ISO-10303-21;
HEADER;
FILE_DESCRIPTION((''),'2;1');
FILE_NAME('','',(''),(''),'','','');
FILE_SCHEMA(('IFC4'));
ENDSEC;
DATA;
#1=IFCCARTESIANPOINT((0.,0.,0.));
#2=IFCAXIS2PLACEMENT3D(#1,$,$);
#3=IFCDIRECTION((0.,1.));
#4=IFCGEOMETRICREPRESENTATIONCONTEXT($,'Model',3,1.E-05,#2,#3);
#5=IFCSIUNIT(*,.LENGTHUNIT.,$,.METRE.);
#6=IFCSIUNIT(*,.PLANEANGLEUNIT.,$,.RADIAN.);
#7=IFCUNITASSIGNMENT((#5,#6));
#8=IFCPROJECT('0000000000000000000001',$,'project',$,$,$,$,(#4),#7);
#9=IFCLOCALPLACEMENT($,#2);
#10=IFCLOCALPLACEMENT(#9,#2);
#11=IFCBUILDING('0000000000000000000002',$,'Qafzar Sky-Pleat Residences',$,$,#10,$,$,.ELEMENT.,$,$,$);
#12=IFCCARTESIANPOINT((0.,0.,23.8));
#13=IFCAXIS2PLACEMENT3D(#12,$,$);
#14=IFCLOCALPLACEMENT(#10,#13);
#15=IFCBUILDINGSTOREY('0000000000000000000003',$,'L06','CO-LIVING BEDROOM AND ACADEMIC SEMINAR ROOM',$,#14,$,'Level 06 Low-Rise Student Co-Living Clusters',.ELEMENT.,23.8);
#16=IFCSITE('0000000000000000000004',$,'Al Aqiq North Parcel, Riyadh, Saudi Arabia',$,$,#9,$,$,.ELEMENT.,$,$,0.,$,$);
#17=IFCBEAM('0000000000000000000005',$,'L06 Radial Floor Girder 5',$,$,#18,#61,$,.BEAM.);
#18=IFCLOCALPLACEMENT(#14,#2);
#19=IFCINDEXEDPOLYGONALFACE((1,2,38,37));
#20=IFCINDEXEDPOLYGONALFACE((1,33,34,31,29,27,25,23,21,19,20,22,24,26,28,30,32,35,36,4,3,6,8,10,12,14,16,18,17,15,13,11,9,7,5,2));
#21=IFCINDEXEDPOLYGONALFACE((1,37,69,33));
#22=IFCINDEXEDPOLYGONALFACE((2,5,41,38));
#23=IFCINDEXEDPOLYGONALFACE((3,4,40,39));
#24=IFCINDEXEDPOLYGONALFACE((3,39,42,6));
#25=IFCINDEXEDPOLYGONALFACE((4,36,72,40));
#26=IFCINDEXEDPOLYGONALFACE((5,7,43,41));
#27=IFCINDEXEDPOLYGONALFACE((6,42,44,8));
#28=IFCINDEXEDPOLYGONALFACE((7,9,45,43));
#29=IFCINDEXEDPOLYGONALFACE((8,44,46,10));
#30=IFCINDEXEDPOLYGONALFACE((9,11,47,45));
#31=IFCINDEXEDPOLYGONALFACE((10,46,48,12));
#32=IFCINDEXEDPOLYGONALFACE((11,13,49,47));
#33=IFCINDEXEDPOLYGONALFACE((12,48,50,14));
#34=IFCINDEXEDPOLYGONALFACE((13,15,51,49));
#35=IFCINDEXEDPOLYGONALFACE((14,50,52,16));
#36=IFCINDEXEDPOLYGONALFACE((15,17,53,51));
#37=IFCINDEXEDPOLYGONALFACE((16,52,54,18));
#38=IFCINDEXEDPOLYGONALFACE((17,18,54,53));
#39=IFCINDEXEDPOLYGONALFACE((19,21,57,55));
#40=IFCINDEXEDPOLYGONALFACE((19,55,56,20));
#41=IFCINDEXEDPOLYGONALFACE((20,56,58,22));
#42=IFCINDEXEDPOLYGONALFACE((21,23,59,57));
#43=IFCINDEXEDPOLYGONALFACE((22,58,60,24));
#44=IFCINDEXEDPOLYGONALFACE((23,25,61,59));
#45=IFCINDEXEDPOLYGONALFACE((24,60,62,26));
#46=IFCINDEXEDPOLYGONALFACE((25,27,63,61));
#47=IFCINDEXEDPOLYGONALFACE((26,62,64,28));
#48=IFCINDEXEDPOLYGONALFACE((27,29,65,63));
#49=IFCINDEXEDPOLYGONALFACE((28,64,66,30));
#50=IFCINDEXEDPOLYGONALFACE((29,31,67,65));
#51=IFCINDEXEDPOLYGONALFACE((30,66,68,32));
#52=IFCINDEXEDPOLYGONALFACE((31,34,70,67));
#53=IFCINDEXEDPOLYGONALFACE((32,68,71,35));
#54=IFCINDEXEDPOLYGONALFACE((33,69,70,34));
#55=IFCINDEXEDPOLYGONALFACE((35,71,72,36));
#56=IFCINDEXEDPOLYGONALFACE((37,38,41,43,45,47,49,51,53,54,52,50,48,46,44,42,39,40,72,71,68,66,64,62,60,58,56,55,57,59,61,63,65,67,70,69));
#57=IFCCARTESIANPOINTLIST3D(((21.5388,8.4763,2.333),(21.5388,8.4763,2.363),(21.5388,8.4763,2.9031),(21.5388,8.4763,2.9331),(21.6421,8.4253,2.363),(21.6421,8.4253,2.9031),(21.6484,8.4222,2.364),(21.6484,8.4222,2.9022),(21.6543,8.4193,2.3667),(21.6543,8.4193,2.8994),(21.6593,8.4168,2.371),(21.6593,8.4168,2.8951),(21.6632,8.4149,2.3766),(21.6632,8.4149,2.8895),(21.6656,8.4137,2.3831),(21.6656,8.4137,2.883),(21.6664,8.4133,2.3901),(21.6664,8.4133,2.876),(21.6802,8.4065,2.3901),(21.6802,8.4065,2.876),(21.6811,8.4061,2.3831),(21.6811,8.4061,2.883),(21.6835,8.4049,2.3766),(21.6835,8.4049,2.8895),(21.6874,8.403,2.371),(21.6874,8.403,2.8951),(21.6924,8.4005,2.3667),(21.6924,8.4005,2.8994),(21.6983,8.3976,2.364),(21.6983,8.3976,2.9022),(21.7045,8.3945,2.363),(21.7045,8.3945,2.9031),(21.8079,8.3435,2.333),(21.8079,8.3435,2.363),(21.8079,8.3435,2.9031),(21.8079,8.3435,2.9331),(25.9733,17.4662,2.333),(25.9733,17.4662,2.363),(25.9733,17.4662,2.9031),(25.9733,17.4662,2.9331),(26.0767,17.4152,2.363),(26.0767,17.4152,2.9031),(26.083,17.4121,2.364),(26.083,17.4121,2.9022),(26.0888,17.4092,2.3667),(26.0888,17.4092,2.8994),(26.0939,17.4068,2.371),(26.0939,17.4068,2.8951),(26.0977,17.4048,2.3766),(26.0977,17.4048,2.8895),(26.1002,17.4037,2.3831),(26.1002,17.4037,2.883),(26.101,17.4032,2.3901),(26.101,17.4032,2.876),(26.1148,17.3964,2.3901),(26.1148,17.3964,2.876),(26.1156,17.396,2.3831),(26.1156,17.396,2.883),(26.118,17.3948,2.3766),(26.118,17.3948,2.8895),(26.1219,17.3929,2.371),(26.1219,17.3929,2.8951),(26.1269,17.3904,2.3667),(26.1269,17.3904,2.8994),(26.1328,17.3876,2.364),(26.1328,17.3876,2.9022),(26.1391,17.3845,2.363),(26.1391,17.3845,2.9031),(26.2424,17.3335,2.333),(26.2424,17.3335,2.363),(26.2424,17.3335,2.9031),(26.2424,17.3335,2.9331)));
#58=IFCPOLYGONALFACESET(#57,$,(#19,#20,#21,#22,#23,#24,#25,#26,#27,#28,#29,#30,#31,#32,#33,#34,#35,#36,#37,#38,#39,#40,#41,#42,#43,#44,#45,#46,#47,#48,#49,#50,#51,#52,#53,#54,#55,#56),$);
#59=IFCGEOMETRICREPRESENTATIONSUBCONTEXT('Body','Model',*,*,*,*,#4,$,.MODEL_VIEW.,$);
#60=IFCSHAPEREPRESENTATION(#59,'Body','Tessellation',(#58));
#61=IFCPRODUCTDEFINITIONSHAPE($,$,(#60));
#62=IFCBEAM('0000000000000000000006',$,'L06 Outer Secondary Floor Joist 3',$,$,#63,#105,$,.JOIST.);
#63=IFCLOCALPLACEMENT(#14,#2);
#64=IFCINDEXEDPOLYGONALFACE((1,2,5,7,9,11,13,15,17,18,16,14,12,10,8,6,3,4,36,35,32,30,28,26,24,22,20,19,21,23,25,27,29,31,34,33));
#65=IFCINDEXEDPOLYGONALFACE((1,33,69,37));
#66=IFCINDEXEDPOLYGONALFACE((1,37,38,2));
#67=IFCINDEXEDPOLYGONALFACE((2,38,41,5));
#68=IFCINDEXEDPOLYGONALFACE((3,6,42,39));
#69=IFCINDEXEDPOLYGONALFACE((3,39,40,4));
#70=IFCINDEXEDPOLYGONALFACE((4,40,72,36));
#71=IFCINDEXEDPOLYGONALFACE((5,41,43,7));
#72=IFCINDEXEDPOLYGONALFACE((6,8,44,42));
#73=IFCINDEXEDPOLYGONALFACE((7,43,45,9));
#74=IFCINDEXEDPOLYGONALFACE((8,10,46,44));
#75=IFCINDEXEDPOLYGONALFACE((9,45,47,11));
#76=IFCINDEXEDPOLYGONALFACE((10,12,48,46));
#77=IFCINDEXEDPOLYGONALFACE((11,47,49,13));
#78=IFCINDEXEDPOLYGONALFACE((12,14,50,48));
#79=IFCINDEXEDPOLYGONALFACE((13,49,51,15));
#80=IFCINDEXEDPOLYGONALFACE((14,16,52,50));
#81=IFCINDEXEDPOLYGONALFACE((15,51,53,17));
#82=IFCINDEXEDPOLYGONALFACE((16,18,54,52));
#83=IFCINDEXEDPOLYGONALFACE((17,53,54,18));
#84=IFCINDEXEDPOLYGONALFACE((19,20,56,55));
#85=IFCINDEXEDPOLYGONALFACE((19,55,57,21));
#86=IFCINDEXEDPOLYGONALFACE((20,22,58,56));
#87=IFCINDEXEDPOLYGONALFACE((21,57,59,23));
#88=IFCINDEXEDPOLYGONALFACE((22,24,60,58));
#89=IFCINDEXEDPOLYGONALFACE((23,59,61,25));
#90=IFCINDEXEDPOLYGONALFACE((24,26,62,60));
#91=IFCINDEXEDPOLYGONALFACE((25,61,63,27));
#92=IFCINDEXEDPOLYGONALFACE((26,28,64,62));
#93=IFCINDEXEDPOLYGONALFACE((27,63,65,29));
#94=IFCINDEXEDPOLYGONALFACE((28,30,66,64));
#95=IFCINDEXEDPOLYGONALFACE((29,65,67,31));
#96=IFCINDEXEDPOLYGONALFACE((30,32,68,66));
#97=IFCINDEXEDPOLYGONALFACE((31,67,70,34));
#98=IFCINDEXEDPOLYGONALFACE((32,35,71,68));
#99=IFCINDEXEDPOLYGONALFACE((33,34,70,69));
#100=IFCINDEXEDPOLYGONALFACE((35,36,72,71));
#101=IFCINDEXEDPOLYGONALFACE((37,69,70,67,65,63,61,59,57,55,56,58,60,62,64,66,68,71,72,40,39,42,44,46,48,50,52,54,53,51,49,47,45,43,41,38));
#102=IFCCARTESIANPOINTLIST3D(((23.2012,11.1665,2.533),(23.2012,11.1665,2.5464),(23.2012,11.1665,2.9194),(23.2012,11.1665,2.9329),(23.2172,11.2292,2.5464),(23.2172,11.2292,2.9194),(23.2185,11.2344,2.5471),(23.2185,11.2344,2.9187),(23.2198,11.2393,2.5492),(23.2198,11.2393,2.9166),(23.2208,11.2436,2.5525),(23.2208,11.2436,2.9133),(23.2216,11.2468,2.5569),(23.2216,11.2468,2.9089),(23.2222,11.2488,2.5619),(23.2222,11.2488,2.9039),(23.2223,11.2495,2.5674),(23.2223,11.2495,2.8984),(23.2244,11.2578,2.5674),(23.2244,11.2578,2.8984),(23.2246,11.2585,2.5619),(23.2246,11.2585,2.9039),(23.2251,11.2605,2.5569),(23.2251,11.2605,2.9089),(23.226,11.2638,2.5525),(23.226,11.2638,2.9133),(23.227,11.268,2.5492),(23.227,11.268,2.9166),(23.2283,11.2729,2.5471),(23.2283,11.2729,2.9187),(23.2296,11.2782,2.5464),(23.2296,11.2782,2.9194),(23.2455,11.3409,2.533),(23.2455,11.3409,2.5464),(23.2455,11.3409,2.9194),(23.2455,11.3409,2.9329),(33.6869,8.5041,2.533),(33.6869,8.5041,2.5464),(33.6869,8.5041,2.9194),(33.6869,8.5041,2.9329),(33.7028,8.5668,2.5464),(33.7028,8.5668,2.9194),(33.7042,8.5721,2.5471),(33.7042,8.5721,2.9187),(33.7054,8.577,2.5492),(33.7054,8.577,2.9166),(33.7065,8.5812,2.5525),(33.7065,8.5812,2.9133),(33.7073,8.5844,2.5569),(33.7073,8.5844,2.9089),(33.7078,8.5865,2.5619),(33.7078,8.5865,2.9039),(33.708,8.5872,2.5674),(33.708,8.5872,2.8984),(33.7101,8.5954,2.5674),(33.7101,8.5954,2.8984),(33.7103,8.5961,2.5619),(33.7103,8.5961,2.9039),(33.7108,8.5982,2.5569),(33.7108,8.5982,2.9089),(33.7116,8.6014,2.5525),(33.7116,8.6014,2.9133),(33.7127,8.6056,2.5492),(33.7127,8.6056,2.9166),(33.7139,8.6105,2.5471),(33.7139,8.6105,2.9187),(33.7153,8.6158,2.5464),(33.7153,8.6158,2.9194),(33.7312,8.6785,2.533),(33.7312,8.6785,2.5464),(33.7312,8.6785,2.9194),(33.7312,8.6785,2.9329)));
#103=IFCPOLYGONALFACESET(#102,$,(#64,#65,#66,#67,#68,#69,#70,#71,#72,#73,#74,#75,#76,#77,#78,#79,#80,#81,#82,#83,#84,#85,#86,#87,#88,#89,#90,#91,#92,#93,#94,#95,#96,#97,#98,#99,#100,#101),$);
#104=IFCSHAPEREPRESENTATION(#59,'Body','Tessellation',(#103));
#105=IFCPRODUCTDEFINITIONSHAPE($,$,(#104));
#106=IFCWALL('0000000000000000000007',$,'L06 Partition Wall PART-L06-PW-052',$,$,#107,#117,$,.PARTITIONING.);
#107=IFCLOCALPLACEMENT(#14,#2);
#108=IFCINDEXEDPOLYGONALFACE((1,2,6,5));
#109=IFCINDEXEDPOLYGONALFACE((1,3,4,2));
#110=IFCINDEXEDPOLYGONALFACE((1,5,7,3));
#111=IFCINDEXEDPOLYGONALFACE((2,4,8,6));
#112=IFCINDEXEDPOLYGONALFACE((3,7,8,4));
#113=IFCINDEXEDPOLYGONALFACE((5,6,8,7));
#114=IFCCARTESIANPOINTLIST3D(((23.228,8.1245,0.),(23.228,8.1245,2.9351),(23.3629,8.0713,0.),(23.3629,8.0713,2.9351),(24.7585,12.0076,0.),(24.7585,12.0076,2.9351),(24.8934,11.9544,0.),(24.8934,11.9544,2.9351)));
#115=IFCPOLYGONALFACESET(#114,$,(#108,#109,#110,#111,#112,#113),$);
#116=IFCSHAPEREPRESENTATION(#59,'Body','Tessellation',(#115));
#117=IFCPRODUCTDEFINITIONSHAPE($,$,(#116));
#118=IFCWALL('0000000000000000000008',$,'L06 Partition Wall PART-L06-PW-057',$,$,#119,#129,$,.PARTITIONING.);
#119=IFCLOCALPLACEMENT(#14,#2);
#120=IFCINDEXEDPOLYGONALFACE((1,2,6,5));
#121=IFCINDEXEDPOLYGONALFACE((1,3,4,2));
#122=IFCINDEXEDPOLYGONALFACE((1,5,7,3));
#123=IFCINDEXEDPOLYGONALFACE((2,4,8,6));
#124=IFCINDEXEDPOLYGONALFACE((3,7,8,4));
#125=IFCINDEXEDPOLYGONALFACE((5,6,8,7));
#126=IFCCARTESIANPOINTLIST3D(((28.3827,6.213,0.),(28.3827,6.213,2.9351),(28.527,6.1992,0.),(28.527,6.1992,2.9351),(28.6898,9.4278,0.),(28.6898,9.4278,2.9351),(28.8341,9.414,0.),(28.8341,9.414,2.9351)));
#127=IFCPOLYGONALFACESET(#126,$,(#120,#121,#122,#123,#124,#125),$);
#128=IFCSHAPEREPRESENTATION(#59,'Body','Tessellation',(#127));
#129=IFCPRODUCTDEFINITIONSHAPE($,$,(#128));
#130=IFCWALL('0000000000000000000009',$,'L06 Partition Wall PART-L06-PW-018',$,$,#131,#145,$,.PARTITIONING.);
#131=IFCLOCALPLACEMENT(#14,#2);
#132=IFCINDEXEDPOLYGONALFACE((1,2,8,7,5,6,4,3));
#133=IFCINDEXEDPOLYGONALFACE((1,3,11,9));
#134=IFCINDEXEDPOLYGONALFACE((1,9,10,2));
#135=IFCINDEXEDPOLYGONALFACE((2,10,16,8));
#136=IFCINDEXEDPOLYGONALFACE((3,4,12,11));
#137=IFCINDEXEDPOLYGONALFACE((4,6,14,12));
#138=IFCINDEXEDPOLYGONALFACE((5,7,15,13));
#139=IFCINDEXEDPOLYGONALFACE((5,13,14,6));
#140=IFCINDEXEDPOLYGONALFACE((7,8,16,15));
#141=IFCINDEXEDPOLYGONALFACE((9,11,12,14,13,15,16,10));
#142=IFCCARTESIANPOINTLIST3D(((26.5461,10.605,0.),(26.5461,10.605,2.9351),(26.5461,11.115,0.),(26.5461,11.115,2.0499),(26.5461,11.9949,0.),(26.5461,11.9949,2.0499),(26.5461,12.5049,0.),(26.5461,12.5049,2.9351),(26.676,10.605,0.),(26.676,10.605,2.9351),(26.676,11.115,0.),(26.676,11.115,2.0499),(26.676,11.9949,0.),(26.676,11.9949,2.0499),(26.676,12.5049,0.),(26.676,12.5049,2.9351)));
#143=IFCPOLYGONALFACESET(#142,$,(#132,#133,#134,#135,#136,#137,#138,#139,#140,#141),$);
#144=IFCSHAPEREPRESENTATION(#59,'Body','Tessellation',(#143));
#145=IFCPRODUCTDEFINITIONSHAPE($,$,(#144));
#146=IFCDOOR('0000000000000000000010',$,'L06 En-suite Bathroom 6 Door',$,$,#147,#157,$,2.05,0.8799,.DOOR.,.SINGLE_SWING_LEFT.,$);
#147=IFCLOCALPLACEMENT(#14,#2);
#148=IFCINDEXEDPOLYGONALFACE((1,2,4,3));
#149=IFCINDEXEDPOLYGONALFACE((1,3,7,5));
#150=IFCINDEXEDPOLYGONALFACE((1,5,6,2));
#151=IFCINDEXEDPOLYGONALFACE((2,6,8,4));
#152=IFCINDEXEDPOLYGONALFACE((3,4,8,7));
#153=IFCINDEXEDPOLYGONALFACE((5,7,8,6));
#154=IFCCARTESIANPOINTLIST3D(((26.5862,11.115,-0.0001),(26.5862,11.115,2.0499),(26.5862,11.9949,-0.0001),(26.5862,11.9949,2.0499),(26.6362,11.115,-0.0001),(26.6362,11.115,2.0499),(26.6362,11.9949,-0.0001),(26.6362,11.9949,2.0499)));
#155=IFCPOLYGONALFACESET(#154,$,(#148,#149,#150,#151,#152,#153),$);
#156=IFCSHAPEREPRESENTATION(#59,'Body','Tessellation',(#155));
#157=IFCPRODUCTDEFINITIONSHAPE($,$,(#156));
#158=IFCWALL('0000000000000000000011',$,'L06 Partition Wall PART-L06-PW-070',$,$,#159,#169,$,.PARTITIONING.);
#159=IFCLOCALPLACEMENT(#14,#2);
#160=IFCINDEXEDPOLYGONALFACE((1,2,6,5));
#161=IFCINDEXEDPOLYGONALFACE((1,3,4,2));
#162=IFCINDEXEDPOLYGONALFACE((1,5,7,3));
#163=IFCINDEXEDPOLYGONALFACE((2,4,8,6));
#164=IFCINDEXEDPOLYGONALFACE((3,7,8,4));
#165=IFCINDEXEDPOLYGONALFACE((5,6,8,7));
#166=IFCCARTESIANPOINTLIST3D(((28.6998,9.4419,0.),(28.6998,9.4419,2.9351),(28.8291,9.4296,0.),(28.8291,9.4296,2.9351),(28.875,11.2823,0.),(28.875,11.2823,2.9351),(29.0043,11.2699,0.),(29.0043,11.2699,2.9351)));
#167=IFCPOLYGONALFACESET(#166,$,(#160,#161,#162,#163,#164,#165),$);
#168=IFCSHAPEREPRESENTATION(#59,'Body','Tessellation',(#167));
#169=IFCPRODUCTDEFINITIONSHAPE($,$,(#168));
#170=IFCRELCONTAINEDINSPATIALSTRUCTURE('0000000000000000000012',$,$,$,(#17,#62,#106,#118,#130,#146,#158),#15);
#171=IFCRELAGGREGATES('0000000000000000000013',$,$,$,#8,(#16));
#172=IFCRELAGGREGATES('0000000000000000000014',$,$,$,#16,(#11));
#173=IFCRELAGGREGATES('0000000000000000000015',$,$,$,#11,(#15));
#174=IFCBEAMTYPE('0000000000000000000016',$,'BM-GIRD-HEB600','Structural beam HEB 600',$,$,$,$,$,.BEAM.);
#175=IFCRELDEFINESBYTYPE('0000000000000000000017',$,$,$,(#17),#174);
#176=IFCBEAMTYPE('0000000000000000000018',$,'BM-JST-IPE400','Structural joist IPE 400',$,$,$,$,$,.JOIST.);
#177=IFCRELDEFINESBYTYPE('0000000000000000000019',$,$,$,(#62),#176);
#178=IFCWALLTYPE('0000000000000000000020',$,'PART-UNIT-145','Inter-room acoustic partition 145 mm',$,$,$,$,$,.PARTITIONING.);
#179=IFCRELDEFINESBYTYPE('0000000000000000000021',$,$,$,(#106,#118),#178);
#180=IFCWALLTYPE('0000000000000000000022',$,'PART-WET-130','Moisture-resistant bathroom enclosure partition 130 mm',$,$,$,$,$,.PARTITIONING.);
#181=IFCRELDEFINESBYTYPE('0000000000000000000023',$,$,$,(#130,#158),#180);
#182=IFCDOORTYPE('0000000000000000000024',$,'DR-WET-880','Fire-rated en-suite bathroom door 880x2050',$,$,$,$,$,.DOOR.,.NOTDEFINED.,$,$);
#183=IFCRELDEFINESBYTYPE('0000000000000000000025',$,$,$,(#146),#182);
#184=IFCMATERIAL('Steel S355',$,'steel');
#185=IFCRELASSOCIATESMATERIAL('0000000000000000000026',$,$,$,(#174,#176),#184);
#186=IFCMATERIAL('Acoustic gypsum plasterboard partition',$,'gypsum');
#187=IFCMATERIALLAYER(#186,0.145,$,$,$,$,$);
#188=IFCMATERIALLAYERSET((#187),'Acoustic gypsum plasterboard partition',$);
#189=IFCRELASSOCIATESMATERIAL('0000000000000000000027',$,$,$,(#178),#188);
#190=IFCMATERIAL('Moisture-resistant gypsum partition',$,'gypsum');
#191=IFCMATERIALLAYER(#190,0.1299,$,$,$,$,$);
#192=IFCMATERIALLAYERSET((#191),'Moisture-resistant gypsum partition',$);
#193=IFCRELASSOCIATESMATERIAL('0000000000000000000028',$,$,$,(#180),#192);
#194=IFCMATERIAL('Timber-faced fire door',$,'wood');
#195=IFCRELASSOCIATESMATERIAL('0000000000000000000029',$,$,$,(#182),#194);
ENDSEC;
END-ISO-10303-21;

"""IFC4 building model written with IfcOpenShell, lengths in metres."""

from ifc_helpers import new_model, si_unit, direction, frame, frame_2d, origin, origin_2d, place, context, subcontext, project, spatial, rectangle, i_section, extrude, source, transform, mapped, material, layer, layer_set, material_profile, profile_set, type_object, element, fill, save


model = new_model("IFC4")

# Units and contexts
model_context = context("Model", 3, precision=1e-05, world=origin(), true_north=direction((0.0, 1.0)))
body_context = subcontext(model_context, "Body", "Model", "MODEL_VIEW")
ifc_project = project(units=[si_unit("LENGTHUNIT", "METRE"), si_unit("PLANEANGLEUNIT", "RADIAN")], contexts=[model_context])

# Site, building, storey
site_placement = place(None, origin())
site = spatial("IfcSite", under=ifc_project, at=site_placement, Name="Al Aqiq North Parcel, Riyadh, Saudi Arabia", CompositionType="ELEMENT", RefElevation=0.0)
building_placement = place(site_placement, origin())
building = spatial("IfcBuilding", under=site, at=building_placement, Name="Qafzar Sky-Pleat Residences", CompositionType="ELEMENT")
storey_placement = place(building_placement, frame((0.0, 0.0, 23.8)))
storey = spatial("IfcBuildingStorey", under=building, at=storey_placement, Name="L06", Description="CO-LIVING BEDROOM AND ACADEMIC SEMINAR ROOM", LongName="Level 06 Low-Rise Student Co-Living Clusters", CompositionType="ELEMENT", Elevation=23.8)

# Beams
ifc_material_1 = material(Name="Steel S355", Category="steel")
ifc_material_profile_1 = material_profile(ifc_material_1, i_section(OverallWidth=0.3, OverallDepth=0.6001, WebThickness=0.0154, FlangeThickness=0.03, FilletRadius=0.0271, at=origin_2d()), Name="HEB 600")
ifc_profile_set_1 = profile_set([ifc_material_profile_1], Name="Steel S355")
beam_type_1 = type_object("IfcBeamType", Name="BM-GIRD-HEB600", Description="Structural beam HEB 600", PredefinedType="BEAM", material=ifc_profile_set_1)
shared_shape_1 = source(origin(), body_context, "Body", "SweptSolid", [
    extrude(i_section(OverallWidth=0.3, OverallDepth=0.6001, WebThickness=0.0154, FlangeThickness=0.03, FilletRadius=0.0271, at=origin_2d()), origin(), (0.0, 0.0, 1.0), 10.0242),
])
beam_1_placement = place(storey_placement, frame((21.6733, 8.4099, 2.6331), z_axis=(0.442385, 0.896825, 0.0), x_axis=(-0.896825, 0.442385, 0.0)))
element("IfcBeam", 1, at=beam_1_placement, inside=storey, type_object=beam_type_1, Name="L06 Radial Floor Girder 5", PredefinedType="BEAM", context=body_context, shape_type="MappedRepresentation", body=[
    mapped(shared_shape_1, transform((0.0, 0.0, 0.0), x_axis=(1.0, 0.0, 0.0), y_axis=(0.0, 1.0, 0.0), z_axis=(0.0, 0.0, 1.0), scale=1.0)),
])
ifc_material_profile_2 = material_profile(ifc_material_1, i_section(OverallWidth=0.1799, OverallDepth=0.3999, WebThickness=0.0085, FlangeThickness=0.0134, FilletRadius=0.021, at=origin_2d()), Name="IPE 400")
ifc_profile_set_2 = profile_set([ifc_material_profile_2], Name="Steel S355")
beam_type_2 = type_object("IfcBeamType", Name="BM-JST-IPE400", Description="Structural joist IPE 400", PredefinedType="JOIST", material=ifc_profile_set_2)
shared_shape_2 = source(origin(), body_context, "Body", "SweptSolid", [
    extrude(i_section(OverallWidth=0.1799, OverallDepth=0.3999, WebThickness=0.0085, FlangeThickness=0.0134, FilletRadius=0.021, at=origin_2d()), origin(), (0.0, 0.0, 1.0), 10.8184),
])
beam_2_placement = place(storey_placement, frame((23.2234, 11.2537, 2.7329), z_axis=(0.969245, -0.246097, 0.0), x_axis=(0.246097, 0.969245, 0.0)))
element("IfcBeam", 2, at=beam_2_placement, inside=storey, type_object=beam_type_2, Name="L06 Outer Secondary Floor Joist 3", PredefinedType="JOIST", context=body_context, shape_type="MappedRepresentation", body=[
    mapped(shared_shape_2, transform((0.0, 0.0, 0.0), x_axis=(1.0, 0.0, 0.0), y_axis=(0.0, 1.0, 0.0), z_axis=(0.0, 0.0, 1.0), scale=1.0)),
])

# Walls
ifc_material_2 = material(Name="Acoustic gypsum plasterboard partition", Category="gypsum")
ifc_layer_1 = layer(ifc_material_2, 0.145)
ifc_layer_set_1 = layer_set([ifc_layer_1], Name="Acoustic gypsum plasterboard partition")
wall_type_1 = type_object("IfcWallType", Name="PART-UNIT-145", Description="Inter-room acoustic partition 145 mm", PredefinedType="PARTITIONING", material=ifc_layer_set_1)
wall_1_placement = place(storey_placement, frame((23.2954, 8.0979, 0.0), z_axis=(0.0, 0.0, 1.0), x_axis=(0.366696, 0.930341, 0.0)))
element("IfcWall", 3, at=wall_1_placement, inside=storey, type_object=wall_type_1, Name="L06 Partition Wall PART-L06-PW-052", PredefinedType="PARTITIONING", context=body_context, shape_type="SweptSolid", body=[
    extrude(rectangle(XDim=4.1738, YDim=0.145, at=frame_2d((2.0869, 0.0))), origin(), (0.0, 0.0, 1.0), 2.9351),
])
wall_2_placement = place(storey_placement, frame((28.4548, 6.2061, 0.0), z_axis=(0.0, 0.0, 1.0), x_axis=(0.095102, 0.995468, 0.0)))
element("IfcWall", 4, at=wall_2_placement, inside=storey, type_object=wall_type_1, Name="L06 Partition Wall PART-L06-PW-057", PredefinedType="PARTITIONING", context=body_context, shape_type="SweptSolid", body=[
    extrude(rectangle(XDim=3.2295, YDim=0.145, at=frame_2d((1.6147, 0.0))), origin(), (0.0, 0.0, 1.0), 2.9351),
])

# Wall, opening, door
ifc_material_3 = material(Name="Moisture-resistant gypsum partition", Category="gypsum")
ifc_layer_2 = layer(ifc_material_3, 0.1299)
ifc_layer_set_2 = layer_set([ifc_layer_2], Name="Moisture-resistant gypsum partition")
wall_type_2 = type_object("IfcWallType", Name="PART-WET-130", Description="Moisture-resistant bathroom enclosure partition 130 mm", PredefinedType="PARTITIONING", material=ifc_layer_set_2)
wall_3_placement = place(storey_placement, frame((26.6111, 10.605, 0.0), z_axis=(0.0, 0.0, 1.0), x_axis=(0.0, 1.0, 0.0)))
wall_3 = element("IfcWall", 5, at=wall_3_placement, inside=storey, type_object=wall_type_2, Name="L06 Partition Wall PART-L06-PW-018", PredefinedType="PARTITIONING", context=body_context, shape_type="SweptSolid", body=[
    extrude(rectangle(XDim=1.8999, YDim=0.1299, at=frame_2d((0.95, 0.0))), origin(), (0.0, 0.0, 1.0), 2.9351),
])
opening_1_placement = place(wall_3_placement, frame((0.51, 0.0, 0.0)))
opening_1 = element("IfcOpeningElement", 6, at=opening_1_placement, cuts=wall_3, PredefinedType="OPENING", context=body_context, shape_type="SweptSolid", body=[
    extrude(rectangle(XDim=0.8799, YDim=2.05, at=frame_2d((0.4399, 1.0249))), frame((0.0, 0.075, 0.0), z_axis=(0.0, -1.0, 0.0), x_axis=(1.0, 0.0, 0.0)), (0.0, 0.0, 1.0), 0.1499),
])
ifc_material_4 = material(Name="Timber-faced fire door", Category="wood")
door_type = type_object("IfcDoorType", Name="DR-WET-880", Description="Fire-rated en-suite bathroom door 880x2050", OperationType="NOTDEFINED", PredefinedType="DOOR", material=ifc_material_4)
shared_shape_3 = source(origin(), body_context, "Body", "SweptSolid", [
    extrude(rectangle(XDim=0.8799, YDim=2.05, at=frame_2d((0.4399, 1.0249))), frame((0.0, 0.0249, 0.0), z_axis=(0.0, -1.0, 0.0), x_axis=(1.0, 0.0, 0.0)), (0.0, 0.0, 1.0), 0.05),
])
door_placement = place(opening_1_placement, origin())
door = element("IfcDoor", 7, at=door_placement, inside=storey, type_object=door_type, Name="L06 En-suite Bathroom 6 Door", OperationType="SINGLE_SWING_LEFT", OverallHeight=2.05, OverallWidth=0.8799, PredefinedType="DOOR", context=body_context, shape_type="MappedRepresentation", body=[
    mapped(shared_shape_3, transform((0.0, 0.0, 0.0), x_axis=(1.0, 0.0, 0.0), y_axis=(0.0, 1.0, 0.0), z_axis=(0.0, 0.0, 1.0), scale=1.0)),
])
fill(opening_1, door)

# Wall
wall_4_placement = place(storey_placement, frame((28.7644, 9.4358, 0.0), z_axis=(0.0, 0.0, 1.0), x_axis=(0.094822, 0.995494, 0.0)))
element("IfcWall", 8, at=wall_4_placement, inside=storey, type_object=wall_type_2, Name="L06 Partition Wall PART-L06-PW-070", PredefinedType="PARTITIONING", context=body_context, shape_type="SweptSolid", body=[
    extrude(rectangle(XDim=1.8486, YDim=0.1299, at=frame_2d((0.9243, 0.0))), origin(), (0.0, 0.0, 1.0), 2.9351),
])

save(model, "model.ifc")
